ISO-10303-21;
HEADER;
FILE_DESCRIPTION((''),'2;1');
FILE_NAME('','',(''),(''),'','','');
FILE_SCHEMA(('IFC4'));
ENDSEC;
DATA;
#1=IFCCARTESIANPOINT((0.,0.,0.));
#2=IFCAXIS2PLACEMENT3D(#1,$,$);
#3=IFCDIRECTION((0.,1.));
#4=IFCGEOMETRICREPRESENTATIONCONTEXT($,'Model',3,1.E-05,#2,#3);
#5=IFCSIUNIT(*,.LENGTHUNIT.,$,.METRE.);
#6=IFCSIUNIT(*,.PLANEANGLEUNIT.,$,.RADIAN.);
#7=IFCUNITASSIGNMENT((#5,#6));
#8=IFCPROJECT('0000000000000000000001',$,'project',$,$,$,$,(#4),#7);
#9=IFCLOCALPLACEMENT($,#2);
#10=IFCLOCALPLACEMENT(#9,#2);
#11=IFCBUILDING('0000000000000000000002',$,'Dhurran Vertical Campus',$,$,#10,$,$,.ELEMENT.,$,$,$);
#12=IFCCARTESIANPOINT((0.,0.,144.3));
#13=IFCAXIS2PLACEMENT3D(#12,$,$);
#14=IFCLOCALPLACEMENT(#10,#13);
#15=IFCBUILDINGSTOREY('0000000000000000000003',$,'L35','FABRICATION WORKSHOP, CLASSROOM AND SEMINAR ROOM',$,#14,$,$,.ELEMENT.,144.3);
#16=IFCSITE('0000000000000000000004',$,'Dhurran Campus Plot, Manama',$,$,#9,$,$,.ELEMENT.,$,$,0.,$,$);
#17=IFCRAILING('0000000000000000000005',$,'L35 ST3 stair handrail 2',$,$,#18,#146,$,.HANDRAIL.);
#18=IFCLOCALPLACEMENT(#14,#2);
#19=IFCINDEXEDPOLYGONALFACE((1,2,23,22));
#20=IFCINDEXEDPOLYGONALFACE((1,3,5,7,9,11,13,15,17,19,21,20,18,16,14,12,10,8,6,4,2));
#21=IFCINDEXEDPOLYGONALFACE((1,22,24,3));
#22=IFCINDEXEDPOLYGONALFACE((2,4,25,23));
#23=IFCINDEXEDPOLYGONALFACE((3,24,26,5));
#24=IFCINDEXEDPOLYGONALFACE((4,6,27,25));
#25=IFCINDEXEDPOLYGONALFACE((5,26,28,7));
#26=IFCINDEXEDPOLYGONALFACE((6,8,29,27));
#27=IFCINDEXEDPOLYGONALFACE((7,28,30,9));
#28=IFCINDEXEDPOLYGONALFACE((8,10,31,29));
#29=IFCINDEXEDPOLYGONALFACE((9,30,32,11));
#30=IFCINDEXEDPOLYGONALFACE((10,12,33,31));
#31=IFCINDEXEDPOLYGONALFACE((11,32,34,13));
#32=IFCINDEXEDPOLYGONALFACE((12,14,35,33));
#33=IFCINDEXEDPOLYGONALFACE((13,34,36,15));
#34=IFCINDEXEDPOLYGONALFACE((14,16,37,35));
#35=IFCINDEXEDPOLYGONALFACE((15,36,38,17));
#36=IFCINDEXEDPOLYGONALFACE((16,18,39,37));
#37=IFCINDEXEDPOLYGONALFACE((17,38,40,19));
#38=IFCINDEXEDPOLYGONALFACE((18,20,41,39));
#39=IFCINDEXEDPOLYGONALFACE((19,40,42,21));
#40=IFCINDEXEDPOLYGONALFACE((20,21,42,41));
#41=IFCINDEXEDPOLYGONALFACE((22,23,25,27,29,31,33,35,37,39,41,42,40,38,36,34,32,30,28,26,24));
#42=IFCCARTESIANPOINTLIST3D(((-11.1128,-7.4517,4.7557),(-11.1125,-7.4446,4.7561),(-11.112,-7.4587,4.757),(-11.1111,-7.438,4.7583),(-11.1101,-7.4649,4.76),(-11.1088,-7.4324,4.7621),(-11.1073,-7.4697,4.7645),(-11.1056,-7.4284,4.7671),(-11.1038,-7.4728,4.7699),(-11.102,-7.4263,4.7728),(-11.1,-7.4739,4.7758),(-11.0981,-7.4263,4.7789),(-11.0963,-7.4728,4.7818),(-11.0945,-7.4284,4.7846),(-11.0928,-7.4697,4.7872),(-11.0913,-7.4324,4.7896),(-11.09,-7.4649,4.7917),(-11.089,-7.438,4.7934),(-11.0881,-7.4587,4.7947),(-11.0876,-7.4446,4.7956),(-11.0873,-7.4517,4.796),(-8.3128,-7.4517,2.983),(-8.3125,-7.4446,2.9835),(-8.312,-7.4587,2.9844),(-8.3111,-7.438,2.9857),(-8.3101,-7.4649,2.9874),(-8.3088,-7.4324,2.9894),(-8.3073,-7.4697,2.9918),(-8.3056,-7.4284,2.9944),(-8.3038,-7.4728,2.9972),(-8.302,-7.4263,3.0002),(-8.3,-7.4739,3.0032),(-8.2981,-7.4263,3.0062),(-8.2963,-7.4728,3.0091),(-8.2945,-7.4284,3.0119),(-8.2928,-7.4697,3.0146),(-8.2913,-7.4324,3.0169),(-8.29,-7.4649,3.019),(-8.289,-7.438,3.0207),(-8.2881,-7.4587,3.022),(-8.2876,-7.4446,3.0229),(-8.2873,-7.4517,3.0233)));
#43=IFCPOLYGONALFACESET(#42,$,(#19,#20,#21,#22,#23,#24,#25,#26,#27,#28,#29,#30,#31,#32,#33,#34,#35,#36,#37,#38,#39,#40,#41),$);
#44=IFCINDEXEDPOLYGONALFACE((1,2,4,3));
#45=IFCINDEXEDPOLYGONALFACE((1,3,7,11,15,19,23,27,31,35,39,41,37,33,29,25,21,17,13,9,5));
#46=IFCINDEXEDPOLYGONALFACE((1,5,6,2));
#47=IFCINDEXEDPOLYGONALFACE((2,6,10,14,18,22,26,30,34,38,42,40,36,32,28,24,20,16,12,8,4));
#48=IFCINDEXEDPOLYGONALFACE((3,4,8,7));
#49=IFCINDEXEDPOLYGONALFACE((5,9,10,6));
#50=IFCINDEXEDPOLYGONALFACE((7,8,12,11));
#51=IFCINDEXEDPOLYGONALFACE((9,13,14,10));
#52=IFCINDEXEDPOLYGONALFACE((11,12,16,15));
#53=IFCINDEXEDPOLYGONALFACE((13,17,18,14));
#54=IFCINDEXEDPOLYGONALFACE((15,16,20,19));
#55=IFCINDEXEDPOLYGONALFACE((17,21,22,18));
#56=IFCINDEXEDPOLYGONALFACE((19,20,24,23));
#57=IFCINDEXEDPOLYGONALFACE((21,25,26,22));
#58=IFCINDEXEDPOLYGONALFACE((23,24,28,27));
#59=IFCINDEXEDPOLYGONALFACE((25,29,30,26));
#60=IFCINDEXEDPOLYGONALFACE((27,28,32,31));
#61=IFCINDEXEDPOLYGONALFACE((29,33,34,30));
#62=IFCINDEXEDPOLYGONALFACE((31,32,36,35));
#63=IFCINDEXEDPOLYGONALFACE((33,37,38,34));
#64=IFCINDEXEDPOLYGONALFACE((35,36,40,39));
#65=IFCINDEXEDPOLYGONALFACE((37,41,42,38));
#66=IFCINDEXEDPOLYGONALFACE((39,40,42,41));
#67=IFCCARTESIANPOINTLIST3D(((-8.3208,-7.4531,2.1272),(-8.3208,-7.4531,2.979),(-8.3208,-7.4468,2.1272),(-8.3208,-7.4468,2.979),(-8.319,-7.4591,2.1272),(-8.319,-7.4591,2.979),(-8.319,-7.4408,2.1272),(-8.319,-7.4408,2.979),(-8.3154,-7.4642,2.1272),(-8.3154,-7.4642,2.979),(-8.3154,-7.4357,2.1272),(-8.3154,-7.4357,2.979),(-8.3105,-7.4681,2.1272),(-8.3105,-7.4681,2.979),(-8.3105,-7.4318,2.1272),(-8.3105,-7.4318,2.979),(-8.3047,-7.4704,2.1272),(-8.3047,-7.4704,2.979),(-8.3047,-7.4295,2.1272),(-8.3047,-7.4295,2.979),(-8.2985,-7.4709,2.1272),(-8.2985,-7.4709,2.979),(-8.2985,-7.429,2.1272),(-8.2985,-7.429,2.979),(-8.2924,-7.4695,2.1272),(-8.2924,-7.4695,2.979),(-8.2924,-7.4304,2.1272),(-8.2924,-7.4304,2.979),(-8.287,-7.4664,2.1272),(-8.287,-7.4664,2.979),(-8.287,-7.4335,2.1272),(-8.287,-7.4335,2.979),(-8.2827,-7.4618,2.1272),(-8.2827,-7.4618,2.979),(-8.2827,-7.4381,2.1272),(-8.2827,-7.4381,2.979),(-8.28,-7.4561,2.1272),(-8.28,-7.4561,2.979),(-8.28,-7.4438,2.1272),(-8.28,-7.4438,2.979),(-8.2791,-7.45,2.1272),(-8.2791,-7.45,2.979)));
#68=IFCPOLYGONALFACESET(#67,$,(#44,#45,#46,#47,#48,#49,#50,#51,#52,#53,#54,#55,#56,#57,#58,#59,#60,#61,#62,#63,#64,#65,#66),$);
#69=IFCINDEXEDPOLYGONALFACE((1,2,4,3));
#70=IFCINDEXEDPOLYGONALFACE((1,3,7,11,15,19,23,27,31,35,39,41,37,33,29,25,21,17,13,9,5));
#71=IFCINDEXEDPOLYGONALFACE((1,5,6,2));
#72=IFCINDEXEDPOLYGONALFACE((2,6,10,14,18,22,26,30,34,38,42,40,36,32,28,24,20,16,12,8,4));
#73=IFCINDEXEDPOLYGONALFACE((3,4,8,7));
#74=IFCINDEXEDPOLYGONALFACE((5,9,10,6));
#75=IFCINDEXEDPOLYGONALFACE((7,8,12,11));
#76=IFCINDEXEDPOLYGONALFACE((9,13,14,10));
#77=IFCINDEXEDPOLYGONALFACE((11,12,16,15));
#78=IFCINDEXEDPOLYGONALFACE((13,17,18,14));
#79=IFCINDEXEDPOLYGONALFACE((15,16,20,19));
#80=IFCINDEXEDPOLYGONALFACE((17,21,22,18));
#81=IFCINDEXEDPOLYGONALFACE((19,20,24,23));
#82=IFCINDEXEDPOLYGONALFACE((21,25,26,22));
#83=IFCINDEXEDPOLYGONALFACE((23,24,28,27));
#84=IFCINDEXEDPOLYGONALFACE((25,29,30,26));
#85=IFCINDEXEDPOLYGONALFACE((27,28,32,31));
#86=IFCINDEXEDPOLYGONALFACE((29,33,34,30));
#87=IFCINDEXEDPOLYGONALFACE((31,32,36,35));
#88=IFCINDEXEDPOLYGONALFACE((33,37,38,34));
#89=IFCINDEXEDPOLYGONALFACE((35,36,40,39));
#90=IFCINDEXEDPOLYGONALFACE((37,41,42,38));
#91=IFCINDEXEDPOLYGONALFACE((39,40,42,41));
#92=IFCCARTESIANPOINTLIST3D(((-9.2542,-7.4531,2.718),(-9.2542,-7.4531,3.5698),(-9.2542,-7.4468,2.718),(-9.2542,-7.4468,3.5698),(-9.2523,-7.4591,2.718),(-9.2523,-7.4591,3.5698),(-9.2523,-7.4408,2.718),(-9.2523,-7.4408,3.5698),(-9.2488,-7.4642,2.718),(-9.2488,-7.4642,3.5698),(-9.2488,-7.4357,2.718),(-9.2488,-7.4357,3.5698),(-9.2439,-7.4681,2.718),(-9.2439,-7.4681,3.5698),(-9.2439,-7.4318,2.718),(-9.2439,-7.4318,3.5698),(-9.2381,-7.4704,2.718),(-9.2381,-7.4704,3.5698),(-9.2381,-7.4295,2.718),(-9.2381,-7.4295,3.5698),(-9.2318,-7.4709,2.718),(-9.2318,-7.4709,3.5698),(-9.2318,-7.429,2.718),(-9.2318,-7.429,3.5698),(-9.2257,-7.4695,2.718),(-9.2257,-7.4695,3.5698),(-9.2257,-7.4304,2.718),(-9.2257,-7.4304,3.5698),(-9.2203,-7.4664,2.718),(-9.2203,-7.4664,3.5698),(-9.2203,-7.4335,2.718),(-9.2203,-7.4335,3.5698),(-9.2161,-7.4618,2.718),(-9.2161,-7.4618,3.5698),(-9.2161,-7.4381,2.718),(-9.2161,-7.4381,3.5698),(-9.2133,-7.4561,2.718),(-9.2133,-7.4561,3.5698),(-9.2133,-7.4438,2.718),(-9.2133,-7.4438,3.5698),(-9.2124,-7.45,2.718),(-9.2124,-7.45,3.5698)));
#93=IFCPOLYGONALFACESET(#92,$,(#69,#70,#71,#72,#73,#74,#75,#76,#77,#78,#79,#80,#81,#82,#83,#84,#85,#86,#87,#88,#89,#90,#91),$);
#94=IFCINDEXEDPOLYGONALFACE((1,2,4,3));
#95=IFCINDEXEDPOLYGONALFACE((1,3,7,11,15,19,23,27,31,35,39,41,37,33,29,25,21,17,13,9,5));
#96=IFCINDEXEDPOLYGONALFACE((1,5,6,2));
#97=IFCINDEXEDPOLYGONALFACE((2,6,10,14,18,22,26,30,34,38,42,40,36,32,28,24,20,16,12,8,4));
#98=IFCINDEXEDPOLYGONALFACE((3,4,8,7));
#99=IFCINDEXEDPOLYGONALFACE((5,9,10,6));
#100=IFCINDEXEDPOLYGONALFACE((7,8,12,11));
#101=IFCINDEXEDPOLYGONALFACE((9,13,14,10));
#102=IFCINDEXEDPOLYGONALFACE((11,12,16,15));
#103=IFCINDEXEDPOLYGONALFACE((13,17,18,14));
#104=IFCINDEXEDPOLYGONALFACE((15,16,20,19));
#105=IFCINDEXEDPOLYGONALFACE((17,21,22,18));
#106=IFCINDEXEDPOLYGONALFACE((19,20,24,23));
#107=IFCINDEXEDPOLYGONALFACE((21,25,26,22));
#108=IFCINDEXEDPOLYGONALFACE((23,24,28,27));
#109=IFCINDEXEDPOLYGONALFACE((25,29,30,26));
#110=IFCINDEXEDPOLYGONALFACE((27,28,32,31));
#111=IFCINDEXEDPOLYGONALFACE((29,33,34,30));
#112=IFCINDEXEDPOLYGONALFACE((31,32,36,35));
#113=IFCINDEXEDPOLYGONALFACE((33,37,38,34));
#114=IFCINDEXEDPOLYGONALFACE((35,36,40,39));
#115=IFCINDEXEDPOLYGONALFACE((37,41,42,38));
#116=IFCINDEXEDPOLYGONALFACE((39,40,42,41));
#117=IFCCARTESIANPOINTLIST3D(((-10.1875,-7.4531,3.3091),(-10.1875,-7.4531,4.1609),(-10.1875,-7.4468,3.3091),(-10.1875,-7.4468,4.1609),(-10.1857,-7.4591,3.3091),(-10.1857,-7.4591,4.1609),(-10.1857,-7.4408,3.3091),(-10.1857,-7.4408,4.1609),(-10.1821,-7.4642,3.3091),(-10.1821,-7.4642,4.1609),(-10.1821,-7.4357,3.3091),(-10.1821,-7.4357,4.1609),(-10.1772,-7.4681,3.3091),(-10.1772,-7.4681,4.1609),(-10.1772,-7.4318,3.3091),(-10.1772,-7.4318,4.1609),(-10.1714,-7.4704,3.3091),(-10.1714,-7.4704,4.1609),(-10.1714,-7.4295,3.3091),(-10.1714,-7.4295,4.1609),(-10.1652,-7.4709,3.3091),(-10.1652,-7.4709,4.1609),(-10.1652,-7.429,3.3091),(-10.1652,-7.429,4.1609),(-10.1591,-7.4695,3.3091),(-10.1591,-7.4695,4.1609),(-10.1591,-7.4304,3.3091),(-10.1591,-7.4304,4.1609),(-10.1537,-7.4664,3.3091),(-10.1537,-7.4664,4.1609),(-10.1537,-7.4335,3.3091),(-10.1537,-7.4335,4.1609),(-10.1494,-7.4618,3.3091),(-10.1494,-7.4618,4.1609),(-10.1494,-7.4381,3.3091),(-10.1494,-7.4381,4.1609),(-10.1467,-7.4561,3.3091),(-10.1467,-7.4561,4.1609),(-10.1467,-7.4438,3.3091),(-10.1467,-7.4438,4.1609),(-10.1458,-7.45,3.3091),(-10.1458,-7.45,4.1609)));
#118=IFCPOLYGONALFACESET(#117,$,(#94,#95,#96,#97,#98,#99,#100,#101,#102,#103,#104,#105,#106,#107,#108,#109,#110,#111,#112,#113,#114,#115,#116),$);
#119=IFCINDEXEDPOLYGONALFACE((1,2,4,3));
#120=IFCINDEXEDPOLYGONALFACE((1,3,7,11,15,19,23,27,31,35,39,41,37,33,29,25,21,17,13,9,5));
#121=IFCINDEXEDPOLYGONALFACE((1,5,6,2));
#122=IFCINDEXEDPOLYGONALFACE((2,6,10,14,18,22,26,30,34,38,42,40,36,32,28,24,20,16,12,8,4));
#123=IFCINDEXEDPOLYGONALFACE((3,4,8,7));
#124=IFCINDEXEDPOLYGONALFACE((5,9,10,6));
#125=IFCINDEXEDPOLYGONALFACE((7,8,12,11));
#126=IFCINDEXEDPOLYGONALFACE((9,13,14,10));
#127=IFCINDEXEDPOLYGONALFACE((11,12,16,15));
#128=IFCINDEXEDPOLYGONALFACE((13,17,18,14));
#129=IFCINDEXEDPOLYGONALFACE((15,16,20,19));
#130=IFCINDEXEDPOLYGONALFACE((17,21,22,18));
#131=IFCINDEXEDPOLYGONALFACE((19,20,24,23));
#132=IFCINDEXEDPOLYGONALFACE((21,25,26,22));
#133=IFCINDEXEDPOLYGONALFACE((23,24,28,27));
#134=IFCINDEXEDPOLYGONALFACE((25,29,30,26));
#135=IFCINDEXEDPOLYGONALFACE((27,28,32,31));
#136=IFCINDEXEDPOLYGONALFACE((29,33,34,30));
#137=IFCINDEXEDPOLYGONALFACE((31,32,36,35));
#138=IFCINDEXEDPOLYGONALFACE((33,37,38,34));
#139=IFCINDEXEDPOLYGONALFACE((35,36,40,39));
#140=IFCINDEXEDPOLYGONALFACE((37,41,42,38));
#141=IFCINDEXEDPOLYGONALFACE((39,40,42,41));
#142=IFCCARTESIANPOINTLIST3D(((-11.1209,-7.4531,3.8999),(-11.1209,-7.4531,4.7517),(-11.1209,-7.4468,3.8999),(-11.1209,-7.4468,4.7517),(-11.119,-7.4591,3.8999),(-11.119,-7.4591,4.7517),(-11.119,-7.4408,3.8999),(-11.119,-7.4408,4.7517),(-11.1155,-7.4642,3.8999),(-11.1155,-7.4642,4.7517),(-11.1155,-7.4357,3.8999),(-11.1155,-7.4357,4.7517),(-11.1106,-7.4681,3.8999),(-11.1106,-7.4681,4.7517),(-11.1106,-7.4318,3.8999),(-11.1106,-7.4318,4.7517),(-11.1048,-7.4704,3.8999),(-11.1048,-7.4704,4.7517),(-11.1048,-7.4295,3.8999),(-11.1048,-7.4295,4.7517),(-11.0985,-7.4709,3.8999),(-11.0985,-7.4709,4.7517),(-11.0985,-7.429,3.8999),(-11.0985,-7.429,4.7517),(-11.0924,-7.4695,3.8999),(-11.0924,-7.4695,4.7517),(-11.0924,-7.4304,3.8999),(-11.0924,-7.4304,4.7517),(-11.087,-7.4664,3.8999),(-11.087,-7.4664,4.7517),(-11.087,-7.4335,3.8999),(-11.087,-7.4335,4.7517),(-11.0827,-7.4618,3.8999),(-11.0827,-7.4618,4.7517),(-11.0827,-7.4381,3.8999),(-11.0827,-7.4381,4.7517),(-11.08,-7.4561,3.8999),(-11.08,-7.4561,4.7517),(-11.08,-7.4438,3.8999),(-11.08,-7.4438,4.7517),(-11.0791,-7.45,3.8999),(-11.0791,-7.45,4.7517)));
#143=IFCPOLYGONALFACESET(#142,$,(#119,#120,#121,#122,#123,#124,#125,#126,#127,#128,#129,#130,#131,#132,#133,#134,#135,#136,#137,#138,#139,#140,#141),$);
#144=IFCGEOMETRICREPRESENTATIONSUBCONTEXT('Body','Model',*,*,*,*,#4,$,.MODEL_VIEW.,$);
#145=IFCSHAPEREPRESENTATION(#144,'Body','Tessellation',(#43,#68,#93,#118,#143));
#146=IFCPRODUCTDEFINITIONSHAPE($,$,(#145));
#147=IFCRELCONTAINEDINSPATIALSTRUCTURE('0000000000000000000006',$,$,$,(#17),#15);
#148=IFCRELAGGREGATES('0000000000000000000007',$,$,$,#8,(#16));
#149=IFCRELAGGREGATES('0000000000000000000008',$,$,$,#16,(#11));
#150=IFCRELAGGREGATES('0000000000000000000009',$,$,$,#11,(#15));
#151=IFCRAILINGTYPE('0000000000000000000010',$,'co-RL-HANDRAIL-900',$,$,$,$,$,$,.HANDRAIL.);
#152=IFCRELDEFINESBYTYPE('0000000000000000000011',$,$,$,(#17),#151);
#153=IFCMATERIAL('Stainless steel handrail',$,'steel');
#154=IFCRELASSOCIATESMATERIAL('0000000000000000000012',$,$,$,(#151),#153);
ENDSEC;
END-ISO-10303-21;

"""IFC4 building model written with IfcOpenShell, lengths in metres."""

from ifc_helpers import new_model, si_unit, direction, frame, origin, origin_2d, place, context, subcontext, project, spatial, circle, extrude, material, type_object, element, save


model = new_model("IFC4")

# Units and contexts
model_context = context("Model", 3, precision=1e-05, world=origin(), true_north=direction((0.0, 1.0)))
body_context = subcontext(model_context, "Body", "Model", "MODEL_VIEW")
ifc_project = project(units=[si_unit("LENGTHUNIT", "METRE"), si_unit("PLANEANGLEUNIT", "RADIAN")], contexts=[model_context])

# Site, building, storey
site_placement = place(None, origin())
site = spatial("IfcSite", under=ifc_project, at=site_placement, Name="Dhurran Campus Plot, Manama", CompositionType="ELEMENT", RefElevation=0.0)
building_placement = place(site_placement, origin())
building = spatial("IfcBuilding", under=site, at=building_placement, Name="Dhurran Vertical Campus", CompositionType="ELEMENT")
storey_placement = place(building_placement, frame((0.0, 0.0, 144.3)))
storey = spatial("IfcBuildingStorey", under=building, at=storey_placement, Name="L35", Description="FABRICATION WORKSHOP, CLASSROOM AND SEMINAR ROOM", CompositionType="ELEMENT", Elevation=144.3)

# Railing
ifc_material_1 = material(Name="Stainless steel handrail", Category="steel")
railing_type_1 = type_object("IfcRailingType", Name="co-RL-HANDRAIL-900", PredefinedType="HANDRAIL", material=ifc_material_1)
railing_1_placement = place(storey_placement, frame((-8.3, -7.45, 2.1272)))
element("IfcRailing", 1, at=railing_1_placement, inside=storey, type_object=railing_type_1, Name="L35 ST3 stair handrail 2", PredefinedType="HANDRAIL", context=body_context, shape_type="SweptSolid", body=[
    extrude(circle(Radius=0.0239, at=origin_2d()), frame((0.0, 0.0, 0.876), z_axis=(-0.844909, 0.0, 0.53491), x_axis=(0.0, -1.0, 0.0)), (0.0, 0.0, 1.0), 3.314),
    extrude(circle(Radius=0.021, at=origin_2d()), origin(), (0.0, 0.0, 1.0), 0.8518),
    extrude(circle(Radius=0.021, at=origin_2d()), frame((-0.9333, 0.0, 0.5908)), (0.0, 0.0, 1.0), 0.8518),
    extrude(circle(Radius=0.021, at=origin_2d()), frame((-1.8667, 0.0, 1.1819)), (0.0, 0.0, 1.0), 0.8518),
    extrude(circle(Radius=0.021, at=origin_2d()), frame((-2.8, 0.0, 1.7727)), (0.0, 0.0, 1.0), 0.8518),
])

save(model, "model.ifc")
